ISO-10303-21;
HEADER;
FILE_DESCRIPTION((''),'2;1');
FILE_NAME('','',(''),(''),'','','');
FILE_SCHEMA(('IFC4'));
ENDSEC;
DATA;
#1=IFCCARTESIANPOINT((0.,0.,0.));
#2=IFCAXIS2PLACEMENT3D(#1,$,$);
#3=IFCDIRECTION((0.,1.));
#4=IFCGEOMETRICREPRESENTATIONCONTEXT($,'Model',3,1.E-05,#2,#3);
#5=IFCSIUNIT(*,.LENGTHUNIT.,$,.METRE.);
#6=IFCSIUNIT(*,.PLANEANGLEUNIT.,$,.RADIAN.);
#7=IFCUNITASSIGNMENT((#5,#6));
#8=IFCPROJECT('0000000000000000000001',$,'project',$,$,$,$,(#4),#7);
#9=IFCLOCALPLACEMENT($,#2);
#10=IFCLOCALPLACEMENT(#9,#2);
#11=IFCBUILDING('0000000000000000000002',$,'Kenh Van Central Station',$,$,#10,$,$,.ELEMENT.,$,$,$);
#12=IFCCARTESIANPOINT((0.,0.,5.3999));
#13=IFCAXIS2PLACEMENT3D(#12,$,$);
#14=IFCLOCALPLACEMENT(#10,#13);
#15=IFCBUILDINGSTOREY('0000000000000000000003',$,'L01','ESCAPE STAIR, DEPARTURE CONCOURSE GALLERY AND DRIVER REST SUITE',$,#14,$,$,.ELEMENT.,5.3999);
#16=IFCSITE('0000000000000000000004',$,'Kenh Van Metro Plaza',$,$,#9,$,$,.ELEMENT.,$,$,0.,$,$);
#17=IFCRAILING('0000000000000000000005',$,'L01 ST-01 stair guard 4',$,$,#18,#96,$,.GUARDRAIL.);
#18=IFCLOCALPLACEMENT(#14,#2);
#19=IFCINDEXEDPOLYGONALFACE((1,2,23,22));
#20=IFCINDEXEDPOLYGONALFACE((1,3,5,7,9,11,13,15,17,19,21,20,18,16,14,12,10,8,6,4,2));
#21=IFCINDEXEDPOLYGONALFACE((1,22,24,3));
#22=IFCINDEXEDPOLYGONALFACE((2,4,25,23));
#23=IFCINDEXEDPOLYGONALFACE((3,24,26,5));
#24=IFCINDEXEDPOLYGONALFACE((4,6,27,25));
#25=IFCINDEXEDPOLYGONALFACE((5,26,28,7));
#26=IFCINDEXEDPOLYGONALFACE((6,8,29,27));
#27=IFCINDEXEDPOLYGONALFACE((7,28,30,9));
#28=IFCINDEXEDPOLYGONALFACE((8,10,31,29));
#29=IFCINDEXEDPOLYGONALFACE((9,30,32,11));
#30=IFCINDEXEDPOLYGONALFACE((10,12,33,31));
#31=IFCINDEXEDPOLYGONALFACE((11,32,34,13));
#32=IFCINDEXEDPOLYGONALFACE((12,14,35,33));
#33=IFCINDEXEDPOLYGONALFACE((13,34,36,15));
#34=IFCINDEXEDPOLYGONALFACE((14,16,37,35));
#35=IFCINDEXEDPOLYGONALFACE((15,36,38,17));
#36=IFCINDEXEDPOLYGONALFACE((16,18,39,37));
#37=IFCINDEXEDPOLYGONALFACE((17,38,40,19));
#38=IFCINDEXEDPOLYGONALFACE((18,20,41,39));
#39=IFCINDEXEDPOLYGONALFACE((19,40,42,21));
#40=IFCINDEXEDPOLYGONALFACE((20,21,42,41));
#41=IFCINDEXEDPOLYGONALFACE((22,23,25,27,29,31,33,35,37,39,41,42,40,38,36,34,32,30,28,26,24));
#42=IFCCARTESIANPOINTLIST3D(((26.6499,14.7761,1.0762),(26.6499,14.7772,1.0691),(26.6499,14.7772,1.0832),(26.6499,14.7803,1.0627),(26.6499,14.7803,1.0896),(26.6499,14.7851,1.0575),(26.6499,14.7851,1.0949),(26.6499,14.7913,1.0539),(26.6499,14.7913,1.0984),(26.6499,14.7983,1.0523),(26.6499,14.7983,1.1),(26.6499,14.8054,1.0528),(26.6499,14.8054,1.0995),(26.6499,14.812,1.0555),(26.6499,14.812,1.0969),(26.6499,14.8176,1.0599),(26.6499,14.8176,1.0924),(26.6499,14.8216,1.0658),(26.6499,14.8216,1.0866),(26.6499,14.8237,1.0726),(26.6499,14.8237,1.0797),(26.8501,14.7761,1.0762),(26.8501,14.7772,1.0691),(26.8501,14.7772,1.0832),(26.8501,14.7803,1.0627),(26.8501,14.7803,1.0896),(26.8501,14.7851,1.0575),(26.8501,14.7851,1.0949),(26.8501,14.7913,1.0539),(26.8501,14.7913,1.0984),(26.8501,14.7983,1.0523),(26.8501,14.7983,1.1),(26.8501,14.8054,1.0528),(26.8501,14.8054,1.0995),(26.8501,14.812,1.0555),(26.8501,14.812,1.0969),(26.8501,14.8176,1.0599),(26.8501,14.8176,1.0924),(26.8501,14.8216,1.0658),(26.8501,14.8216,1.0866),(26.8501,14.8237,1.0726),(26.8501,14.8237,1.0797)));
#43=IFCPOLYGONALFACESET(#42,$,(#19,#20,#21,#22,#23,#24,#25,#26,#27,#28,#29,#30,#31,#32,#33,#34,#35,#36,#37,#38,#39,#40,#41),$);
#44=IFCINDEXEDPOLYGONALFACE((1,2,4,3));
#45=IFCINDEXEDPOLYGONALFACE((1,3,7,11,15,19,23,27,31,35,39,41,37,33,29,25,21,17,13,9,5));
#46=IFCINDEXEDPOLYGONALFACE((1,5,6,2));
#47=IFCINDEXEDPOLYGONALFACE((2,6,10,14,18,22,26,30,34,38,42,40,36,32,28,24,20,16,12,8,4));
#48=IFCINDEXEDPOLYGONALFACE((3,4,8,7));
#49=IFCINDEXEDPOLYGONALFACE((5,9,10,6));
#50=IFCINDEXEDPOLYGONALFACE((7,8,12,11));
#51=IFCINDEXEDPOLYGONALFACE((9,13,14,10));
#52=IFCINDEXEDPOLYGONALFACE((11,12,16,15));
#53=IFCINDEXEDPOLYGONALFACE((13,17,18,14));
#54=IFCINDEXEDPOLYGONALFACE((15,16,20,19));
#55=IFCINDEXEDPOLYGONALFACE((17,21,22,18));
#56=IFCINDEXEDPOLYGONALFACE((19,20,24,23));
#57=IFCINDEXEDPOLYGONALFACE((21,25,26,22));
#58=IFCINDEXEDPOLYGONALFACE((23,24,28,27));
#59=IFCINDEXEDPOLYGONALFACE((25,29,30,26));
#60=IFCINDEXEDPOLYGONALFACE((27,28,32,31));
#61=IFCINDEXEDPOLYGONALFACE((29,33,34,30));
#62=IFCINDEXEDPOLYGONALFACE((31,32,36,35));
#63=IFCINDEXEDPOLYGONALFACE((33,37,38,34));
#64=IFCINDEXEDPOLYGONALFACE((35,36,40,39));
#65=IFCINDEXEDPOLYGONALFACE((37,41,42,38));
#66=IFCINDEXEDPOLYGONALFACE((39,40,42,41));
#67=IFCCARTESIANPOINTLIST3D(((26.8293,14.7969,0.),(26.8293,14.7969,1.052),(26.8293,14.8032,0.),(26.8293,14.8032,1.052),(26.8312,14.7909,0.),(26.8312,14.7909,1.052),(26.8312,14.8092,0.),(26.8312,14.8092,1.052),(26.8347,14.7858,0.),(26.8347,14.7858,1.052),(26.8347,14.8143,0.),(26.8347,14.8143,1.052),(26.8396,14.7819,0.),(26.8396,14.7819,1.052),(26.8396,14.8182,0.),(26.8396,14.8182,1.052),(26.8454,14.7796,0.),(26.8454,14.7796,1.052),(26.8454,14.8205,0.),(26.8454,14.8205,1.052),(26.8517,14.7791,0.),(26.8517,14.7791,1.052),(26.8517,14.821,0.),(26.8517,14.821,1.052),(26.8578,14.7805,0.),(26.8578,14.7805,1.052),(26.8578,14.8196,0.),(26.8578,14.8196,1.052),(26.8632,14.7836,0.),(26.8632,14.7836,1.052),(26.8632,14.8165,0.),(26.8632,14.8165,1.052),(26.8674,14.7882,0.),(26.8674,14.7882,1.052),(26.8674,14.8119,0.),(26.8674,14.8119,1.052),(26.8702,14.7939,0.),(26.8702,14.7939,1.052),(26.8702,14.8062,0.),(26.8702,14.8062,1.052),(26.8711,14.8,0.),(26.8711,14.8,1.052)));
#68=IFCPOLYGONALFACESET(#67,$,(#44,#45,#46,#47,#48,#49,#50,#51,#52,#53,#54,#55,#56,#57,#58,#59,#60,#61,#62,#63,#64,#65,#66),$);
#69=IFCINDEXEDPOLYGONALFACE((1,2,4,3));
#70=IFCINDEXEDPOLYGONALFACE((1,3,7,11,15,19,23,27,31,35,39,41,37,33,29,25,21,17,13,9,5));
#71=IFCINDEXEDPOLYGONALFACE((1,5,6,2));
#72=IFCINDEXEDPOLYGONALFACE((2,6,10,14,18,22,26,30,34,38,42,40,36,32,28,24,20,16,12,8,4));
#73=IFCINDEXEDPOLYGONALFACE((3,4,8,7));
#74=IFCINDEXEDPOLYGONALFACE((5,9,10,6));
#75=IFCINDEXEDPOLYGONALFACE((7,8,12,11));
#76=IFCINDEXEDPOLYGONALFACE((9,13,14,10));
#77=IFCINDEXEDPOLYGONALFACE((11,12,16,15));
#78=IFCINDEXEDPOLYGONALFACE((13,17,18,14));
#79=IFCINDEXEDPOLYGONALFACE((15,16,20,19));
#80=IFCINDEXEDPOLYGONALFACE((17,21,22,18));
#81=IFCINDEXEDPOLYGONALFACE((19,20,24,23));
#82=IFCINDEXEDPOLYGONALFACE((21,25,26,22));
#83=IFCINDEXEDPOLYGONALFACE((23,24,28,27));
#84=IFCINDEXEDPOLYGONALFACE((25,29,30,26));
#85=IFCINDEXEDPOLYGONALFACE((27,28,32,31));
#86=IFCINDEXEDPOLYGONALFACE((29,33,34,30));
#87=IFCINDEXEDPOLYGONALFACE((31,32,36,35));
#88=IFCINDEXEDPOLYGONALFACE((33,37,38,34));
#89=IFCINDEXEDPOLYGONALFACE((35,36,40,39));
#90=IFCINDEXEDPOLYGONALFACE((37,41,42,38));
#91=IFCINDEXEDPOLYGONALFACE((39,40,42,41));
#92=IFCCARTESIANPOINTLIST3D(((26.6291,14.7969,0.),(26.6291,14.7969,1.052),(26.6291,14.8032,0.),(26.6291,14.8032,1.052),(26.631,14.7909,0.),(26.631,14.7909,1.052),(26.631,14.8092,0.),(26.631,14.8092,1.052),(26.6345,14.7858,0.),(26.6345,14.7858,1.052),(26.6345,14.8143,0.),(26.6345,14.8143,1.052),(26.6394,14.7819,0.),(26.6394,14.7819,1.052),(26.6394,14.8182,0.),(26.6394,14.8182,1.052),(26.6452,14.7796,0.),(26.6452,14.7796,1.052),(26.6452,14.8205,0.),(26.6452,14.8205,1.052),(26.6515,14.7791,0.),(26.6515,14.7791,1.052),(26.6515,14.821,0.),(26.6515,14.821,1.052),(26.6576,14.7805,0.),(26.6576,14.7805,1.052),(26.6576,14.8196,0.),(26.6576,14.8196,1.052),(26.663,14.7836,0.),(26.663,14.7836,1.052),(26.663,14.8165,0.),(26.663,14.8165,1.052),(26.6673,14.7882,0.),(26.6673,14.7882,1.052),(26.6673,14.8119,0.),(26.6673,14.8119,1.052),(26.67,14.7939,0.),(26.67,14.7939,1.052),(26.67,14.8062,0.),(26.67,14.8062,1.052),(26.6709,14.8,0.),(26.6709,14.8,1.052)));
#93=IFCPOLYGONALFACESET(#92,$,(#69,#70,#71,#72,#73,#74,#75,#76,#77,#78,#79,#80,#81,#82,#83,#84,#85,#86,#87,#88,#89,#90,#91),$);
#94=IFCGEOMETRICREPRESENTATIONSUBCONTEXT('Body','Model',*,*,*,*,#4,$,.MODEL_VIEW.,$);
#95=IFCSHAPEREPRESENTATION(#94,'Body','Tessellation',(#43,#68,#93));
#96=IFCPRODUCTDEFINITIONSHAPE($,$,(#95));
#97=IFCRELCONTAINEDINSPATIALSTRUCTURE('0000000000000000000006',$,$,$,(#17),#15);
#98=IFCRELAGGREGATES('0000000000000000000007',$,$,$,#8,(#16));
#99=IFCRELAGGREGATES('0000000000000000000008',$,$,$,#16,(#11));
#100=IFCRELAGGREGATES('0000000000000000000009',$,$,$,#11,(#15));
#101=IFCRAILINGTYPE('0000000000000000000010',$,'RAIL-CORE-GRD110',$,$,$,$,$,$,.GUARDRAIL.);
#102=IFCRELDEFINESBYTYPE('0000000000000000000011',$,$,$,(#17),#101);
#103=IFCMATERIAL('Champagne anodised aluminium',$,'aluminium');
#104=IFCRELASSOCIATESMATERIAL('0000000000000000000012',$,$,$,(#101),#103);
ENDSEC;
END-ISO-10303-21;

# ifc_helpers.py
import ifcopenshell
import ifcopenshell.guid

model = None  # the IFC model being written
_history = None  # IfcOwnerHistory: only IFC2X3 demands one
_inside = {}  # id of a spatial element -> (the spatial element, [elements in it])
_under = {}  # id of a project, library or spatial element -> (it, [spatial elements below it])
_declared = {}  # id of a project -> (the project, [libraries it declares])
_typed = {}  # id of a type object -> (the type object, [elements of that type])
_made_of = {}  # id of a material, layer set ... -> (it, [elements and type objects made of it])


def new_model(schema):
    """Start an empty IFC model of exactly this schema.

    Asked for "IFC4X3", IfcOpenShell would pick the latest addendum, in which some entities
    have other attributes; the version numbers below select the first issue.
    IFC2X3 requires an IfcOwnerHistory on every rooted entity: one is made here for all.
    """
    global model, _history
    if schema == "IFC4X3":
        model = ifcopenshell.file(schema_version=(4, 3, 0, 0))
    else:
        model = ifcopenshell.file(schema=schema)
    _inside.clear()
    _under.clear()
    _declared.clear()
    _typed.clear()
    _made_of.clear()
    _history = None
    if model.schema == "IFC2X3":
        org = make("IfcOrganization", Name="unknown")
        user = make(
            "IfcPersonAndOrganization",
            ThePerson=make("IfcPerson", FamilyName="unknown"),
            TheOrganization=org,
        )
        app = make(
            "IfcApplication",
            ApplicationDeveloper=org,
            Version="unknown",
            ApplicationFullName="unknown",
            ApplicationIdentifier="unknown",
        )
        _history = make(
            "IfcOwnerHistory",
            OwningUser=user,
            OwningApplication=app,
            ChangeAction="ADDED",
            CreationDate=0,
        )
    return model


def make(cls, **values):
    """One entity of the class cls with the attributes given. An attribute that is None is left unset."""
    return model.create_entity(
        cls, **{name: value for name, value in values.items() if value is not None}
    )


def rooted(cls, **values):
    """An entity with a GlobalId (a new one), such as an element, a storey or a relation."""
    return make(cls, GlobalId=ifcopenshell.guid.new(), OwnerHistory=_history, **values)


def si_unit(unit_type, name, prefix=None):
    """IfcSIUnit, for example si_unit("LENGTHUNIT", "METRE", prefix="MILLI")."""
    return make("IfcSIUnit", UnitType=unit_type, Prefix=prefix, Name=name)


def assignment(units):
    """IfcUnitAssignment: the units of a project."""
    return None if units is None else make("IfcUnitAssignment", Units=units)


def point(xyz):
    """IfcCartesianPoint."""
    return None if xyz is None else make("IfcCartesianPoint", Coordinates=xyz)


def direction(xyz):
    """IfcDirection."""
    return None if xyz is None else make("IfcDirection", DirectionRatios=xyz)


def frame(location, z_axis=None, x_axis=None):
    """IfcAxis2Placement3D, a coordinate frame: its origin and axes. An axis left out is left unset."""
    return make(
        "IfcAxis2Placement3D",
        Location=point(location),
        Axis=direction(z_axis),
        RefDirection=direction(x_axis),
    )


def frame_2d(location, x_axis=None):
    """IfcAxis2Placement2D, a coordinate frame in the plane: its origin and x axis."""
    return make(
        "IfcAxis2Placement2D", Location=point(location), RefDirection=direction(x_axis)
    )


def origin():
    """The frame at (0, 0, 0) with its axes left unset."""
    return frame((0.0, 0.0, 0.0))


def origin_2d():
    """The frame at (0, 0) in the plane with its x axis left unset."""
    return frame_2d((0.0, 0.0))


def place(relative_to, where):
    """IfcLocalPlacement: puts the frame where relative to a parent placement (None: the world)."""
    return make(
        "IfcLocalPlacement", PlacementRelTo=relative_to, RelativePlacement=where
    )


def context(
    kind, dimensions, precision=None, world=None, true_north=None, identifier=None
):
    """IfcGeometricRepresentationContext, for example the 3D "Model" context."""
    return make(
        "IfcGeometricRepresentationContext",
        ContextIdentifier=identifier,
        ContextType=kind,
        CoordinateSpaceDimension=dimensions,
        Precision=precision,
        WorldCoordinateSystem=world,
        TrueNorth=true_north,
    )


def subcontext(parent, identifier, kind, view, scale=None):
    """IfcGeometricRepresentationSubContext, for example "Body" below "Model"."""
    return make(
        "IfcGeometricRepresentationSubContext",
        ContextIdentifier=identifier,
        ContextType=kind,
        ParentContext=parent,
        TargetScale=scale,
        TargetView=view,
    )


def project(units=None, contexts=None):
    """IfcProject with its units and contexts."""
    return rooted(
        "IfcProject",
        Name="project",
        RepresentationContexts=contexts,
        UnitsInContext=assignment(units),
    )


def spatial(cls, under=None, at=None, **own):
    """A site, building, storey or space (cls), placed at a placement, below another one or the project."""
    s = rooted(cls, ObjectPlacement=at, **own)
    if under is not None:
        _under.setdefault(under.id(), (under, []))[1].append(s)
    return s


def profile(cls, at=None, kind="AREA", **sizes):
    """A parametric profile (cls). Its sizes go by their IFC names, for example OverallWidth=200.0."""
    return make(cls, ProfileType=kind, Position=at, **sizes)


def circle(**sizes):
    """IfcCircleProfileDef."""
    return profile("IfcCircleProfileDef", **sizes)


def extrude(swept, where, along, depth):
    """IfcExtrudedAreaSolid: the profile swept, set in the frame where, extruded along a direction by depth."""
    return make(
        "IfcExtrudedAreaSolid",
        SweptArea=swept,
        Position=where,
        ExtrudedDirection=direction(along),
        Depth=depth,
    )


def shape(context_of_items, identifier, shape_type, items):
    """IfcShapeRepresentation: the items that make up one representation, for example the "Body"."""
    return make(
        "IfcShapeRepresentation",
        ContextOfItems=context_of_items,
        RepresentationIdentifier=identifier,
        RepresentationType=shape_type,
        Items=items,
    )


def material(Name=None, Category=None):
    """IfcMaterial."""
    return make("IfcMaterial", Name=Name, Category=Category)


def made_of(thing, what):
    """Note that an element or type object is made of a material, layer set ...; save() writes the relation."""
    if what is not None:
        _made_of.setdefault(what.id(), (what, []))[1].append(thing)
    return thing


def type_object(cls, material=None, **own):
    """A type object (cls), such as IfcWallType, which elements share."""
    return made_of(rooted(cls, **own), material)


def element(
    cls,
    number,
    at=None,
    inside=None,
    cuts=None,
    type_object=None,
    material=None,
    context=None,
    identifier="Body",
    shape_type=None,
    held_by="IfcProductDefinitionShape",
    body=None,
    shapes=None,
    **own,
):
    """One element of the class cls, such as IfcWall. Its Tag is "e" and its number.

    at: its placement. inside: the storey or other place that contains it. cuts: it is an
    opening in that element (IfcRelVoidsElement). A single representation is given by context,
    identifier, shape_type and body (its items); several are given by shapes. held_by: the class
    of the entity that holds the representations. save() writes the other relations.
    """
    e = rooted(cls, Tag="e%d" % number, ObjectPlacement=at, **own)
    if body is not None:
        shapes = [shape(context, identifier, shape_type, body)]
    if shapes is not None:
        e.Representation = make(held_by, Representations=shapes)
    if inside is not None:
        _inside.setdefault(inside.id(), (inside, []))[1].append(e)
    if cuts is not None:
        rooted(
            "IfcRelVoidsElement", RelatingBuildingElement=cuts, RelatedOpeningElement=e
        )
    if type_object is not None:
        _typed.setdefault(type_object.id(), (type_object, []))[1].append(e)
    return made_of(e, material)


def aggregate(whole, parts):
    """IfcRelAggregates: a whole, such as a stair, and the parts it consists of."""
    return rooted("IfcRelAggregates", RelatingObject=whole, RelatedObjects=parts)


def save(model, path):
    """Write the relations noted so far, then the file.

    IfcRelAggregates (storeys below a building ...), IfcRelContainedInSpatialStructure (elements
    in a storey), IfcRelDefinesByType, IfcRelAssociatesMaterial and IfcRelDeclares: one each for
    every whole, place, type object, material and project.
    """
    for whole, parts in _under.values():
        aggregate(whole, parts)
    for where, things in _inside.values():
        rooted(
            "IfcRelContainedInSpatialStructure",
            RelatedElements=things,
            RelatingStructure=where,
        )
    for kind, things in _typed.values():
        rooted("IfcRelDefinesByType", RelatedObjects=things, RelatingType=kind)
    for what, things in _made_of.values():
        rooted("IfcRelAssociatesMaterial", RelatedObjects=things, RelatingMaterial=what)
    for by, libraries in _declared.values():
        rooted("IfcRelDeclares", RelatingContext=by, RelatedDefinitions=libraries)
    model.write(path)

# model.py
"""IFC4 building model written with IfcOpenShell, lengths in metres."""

from ifc_helpers import new_model, si_unit, direction, frame, origin, origin_2d, place, context, subcontext, project, spatial, circle, extrude, material, type_object, element, save


model = new_model("IFC4")

# Units and contexts
model_context = context("Model", 3, precision=1e-05, world=origin(), true_north=direction((0.0, 1.0)))
body_context = subcontext(model_context, "Body", "Model", "MODEL_VIEW")
ifc_project = project(units=[si_unit("LENGTHUNIT", "METRE"), si_unit("PLANEANGLEUNIT", "RADIAN")], contexts=[model_context])

# Site, building, storey
site_placement = place(None, origin())
site = spatial("IfcSite", under=ifc_project, at=site_placement, Name="Kenh Van Metro Plaza", CompositionType="ELEMENT", RefElevation=0.0)
building_placement = place(site_placement, origin())
building = spatial("IfcBuilding", under=site, at=building_placement, Name="Kenh Van Central Station", CompositionType="ELEMENT")
storey_placement = place(building_placement, frame((0.0, 0.0, 5.3999)))
storey = spatial("IfcBuildingStorey", under=building, at=storey_placement, Name="L01", Description="ESCAPE STAIR, DEPARTURE CONCOURSE GALLERY AND DRIVER REST SUITE", CompositionType="ELEMENT", Elevation=5.3999)

# Shared definitions
ifc_material_1 = material(Name="Champagne anodised aluminium", Category="aluminium")

# Railing
railing_type_1 = type_object("IfcRailingType", Name="RAIL-CORE-GRD110", PredefinedType="GUARDRAIL", material=ifc_material_1)
railing_1_placement = place(storey_placement, frame((26.8501, 14.8, 0.0)))
element("IfcRailing", 1, at=railing_1_placement, inside=storey, type_object=railing_type_1, Name="L01 ST-01 stair guard 4", PredefinedType="GUARDRAIL", context=body_context, shape_type="SweptSolid", body=[
    extrude(circle(Radius=0.0239, at=origin_2d()), frame((0.0, 0.0, 1.0762), z_axis=(-1.0, 0.0, 0.0), x_axis=(0.0, -1.0, 0.0)), (0.0, 0.0, 1.0), 0.2002),
    extrude(circle(Radius=0.021, at=origin_2d()), origin(), (0.0, 0.0, 1.0), 1.052),
    extrude(circle(Radius=0.021, at=origin_2d()), frame((-0.2002, 0.0, 0.0)), (0.0, 0.0, 1.0), 1.052),
])

save(model, "model.ifc")
